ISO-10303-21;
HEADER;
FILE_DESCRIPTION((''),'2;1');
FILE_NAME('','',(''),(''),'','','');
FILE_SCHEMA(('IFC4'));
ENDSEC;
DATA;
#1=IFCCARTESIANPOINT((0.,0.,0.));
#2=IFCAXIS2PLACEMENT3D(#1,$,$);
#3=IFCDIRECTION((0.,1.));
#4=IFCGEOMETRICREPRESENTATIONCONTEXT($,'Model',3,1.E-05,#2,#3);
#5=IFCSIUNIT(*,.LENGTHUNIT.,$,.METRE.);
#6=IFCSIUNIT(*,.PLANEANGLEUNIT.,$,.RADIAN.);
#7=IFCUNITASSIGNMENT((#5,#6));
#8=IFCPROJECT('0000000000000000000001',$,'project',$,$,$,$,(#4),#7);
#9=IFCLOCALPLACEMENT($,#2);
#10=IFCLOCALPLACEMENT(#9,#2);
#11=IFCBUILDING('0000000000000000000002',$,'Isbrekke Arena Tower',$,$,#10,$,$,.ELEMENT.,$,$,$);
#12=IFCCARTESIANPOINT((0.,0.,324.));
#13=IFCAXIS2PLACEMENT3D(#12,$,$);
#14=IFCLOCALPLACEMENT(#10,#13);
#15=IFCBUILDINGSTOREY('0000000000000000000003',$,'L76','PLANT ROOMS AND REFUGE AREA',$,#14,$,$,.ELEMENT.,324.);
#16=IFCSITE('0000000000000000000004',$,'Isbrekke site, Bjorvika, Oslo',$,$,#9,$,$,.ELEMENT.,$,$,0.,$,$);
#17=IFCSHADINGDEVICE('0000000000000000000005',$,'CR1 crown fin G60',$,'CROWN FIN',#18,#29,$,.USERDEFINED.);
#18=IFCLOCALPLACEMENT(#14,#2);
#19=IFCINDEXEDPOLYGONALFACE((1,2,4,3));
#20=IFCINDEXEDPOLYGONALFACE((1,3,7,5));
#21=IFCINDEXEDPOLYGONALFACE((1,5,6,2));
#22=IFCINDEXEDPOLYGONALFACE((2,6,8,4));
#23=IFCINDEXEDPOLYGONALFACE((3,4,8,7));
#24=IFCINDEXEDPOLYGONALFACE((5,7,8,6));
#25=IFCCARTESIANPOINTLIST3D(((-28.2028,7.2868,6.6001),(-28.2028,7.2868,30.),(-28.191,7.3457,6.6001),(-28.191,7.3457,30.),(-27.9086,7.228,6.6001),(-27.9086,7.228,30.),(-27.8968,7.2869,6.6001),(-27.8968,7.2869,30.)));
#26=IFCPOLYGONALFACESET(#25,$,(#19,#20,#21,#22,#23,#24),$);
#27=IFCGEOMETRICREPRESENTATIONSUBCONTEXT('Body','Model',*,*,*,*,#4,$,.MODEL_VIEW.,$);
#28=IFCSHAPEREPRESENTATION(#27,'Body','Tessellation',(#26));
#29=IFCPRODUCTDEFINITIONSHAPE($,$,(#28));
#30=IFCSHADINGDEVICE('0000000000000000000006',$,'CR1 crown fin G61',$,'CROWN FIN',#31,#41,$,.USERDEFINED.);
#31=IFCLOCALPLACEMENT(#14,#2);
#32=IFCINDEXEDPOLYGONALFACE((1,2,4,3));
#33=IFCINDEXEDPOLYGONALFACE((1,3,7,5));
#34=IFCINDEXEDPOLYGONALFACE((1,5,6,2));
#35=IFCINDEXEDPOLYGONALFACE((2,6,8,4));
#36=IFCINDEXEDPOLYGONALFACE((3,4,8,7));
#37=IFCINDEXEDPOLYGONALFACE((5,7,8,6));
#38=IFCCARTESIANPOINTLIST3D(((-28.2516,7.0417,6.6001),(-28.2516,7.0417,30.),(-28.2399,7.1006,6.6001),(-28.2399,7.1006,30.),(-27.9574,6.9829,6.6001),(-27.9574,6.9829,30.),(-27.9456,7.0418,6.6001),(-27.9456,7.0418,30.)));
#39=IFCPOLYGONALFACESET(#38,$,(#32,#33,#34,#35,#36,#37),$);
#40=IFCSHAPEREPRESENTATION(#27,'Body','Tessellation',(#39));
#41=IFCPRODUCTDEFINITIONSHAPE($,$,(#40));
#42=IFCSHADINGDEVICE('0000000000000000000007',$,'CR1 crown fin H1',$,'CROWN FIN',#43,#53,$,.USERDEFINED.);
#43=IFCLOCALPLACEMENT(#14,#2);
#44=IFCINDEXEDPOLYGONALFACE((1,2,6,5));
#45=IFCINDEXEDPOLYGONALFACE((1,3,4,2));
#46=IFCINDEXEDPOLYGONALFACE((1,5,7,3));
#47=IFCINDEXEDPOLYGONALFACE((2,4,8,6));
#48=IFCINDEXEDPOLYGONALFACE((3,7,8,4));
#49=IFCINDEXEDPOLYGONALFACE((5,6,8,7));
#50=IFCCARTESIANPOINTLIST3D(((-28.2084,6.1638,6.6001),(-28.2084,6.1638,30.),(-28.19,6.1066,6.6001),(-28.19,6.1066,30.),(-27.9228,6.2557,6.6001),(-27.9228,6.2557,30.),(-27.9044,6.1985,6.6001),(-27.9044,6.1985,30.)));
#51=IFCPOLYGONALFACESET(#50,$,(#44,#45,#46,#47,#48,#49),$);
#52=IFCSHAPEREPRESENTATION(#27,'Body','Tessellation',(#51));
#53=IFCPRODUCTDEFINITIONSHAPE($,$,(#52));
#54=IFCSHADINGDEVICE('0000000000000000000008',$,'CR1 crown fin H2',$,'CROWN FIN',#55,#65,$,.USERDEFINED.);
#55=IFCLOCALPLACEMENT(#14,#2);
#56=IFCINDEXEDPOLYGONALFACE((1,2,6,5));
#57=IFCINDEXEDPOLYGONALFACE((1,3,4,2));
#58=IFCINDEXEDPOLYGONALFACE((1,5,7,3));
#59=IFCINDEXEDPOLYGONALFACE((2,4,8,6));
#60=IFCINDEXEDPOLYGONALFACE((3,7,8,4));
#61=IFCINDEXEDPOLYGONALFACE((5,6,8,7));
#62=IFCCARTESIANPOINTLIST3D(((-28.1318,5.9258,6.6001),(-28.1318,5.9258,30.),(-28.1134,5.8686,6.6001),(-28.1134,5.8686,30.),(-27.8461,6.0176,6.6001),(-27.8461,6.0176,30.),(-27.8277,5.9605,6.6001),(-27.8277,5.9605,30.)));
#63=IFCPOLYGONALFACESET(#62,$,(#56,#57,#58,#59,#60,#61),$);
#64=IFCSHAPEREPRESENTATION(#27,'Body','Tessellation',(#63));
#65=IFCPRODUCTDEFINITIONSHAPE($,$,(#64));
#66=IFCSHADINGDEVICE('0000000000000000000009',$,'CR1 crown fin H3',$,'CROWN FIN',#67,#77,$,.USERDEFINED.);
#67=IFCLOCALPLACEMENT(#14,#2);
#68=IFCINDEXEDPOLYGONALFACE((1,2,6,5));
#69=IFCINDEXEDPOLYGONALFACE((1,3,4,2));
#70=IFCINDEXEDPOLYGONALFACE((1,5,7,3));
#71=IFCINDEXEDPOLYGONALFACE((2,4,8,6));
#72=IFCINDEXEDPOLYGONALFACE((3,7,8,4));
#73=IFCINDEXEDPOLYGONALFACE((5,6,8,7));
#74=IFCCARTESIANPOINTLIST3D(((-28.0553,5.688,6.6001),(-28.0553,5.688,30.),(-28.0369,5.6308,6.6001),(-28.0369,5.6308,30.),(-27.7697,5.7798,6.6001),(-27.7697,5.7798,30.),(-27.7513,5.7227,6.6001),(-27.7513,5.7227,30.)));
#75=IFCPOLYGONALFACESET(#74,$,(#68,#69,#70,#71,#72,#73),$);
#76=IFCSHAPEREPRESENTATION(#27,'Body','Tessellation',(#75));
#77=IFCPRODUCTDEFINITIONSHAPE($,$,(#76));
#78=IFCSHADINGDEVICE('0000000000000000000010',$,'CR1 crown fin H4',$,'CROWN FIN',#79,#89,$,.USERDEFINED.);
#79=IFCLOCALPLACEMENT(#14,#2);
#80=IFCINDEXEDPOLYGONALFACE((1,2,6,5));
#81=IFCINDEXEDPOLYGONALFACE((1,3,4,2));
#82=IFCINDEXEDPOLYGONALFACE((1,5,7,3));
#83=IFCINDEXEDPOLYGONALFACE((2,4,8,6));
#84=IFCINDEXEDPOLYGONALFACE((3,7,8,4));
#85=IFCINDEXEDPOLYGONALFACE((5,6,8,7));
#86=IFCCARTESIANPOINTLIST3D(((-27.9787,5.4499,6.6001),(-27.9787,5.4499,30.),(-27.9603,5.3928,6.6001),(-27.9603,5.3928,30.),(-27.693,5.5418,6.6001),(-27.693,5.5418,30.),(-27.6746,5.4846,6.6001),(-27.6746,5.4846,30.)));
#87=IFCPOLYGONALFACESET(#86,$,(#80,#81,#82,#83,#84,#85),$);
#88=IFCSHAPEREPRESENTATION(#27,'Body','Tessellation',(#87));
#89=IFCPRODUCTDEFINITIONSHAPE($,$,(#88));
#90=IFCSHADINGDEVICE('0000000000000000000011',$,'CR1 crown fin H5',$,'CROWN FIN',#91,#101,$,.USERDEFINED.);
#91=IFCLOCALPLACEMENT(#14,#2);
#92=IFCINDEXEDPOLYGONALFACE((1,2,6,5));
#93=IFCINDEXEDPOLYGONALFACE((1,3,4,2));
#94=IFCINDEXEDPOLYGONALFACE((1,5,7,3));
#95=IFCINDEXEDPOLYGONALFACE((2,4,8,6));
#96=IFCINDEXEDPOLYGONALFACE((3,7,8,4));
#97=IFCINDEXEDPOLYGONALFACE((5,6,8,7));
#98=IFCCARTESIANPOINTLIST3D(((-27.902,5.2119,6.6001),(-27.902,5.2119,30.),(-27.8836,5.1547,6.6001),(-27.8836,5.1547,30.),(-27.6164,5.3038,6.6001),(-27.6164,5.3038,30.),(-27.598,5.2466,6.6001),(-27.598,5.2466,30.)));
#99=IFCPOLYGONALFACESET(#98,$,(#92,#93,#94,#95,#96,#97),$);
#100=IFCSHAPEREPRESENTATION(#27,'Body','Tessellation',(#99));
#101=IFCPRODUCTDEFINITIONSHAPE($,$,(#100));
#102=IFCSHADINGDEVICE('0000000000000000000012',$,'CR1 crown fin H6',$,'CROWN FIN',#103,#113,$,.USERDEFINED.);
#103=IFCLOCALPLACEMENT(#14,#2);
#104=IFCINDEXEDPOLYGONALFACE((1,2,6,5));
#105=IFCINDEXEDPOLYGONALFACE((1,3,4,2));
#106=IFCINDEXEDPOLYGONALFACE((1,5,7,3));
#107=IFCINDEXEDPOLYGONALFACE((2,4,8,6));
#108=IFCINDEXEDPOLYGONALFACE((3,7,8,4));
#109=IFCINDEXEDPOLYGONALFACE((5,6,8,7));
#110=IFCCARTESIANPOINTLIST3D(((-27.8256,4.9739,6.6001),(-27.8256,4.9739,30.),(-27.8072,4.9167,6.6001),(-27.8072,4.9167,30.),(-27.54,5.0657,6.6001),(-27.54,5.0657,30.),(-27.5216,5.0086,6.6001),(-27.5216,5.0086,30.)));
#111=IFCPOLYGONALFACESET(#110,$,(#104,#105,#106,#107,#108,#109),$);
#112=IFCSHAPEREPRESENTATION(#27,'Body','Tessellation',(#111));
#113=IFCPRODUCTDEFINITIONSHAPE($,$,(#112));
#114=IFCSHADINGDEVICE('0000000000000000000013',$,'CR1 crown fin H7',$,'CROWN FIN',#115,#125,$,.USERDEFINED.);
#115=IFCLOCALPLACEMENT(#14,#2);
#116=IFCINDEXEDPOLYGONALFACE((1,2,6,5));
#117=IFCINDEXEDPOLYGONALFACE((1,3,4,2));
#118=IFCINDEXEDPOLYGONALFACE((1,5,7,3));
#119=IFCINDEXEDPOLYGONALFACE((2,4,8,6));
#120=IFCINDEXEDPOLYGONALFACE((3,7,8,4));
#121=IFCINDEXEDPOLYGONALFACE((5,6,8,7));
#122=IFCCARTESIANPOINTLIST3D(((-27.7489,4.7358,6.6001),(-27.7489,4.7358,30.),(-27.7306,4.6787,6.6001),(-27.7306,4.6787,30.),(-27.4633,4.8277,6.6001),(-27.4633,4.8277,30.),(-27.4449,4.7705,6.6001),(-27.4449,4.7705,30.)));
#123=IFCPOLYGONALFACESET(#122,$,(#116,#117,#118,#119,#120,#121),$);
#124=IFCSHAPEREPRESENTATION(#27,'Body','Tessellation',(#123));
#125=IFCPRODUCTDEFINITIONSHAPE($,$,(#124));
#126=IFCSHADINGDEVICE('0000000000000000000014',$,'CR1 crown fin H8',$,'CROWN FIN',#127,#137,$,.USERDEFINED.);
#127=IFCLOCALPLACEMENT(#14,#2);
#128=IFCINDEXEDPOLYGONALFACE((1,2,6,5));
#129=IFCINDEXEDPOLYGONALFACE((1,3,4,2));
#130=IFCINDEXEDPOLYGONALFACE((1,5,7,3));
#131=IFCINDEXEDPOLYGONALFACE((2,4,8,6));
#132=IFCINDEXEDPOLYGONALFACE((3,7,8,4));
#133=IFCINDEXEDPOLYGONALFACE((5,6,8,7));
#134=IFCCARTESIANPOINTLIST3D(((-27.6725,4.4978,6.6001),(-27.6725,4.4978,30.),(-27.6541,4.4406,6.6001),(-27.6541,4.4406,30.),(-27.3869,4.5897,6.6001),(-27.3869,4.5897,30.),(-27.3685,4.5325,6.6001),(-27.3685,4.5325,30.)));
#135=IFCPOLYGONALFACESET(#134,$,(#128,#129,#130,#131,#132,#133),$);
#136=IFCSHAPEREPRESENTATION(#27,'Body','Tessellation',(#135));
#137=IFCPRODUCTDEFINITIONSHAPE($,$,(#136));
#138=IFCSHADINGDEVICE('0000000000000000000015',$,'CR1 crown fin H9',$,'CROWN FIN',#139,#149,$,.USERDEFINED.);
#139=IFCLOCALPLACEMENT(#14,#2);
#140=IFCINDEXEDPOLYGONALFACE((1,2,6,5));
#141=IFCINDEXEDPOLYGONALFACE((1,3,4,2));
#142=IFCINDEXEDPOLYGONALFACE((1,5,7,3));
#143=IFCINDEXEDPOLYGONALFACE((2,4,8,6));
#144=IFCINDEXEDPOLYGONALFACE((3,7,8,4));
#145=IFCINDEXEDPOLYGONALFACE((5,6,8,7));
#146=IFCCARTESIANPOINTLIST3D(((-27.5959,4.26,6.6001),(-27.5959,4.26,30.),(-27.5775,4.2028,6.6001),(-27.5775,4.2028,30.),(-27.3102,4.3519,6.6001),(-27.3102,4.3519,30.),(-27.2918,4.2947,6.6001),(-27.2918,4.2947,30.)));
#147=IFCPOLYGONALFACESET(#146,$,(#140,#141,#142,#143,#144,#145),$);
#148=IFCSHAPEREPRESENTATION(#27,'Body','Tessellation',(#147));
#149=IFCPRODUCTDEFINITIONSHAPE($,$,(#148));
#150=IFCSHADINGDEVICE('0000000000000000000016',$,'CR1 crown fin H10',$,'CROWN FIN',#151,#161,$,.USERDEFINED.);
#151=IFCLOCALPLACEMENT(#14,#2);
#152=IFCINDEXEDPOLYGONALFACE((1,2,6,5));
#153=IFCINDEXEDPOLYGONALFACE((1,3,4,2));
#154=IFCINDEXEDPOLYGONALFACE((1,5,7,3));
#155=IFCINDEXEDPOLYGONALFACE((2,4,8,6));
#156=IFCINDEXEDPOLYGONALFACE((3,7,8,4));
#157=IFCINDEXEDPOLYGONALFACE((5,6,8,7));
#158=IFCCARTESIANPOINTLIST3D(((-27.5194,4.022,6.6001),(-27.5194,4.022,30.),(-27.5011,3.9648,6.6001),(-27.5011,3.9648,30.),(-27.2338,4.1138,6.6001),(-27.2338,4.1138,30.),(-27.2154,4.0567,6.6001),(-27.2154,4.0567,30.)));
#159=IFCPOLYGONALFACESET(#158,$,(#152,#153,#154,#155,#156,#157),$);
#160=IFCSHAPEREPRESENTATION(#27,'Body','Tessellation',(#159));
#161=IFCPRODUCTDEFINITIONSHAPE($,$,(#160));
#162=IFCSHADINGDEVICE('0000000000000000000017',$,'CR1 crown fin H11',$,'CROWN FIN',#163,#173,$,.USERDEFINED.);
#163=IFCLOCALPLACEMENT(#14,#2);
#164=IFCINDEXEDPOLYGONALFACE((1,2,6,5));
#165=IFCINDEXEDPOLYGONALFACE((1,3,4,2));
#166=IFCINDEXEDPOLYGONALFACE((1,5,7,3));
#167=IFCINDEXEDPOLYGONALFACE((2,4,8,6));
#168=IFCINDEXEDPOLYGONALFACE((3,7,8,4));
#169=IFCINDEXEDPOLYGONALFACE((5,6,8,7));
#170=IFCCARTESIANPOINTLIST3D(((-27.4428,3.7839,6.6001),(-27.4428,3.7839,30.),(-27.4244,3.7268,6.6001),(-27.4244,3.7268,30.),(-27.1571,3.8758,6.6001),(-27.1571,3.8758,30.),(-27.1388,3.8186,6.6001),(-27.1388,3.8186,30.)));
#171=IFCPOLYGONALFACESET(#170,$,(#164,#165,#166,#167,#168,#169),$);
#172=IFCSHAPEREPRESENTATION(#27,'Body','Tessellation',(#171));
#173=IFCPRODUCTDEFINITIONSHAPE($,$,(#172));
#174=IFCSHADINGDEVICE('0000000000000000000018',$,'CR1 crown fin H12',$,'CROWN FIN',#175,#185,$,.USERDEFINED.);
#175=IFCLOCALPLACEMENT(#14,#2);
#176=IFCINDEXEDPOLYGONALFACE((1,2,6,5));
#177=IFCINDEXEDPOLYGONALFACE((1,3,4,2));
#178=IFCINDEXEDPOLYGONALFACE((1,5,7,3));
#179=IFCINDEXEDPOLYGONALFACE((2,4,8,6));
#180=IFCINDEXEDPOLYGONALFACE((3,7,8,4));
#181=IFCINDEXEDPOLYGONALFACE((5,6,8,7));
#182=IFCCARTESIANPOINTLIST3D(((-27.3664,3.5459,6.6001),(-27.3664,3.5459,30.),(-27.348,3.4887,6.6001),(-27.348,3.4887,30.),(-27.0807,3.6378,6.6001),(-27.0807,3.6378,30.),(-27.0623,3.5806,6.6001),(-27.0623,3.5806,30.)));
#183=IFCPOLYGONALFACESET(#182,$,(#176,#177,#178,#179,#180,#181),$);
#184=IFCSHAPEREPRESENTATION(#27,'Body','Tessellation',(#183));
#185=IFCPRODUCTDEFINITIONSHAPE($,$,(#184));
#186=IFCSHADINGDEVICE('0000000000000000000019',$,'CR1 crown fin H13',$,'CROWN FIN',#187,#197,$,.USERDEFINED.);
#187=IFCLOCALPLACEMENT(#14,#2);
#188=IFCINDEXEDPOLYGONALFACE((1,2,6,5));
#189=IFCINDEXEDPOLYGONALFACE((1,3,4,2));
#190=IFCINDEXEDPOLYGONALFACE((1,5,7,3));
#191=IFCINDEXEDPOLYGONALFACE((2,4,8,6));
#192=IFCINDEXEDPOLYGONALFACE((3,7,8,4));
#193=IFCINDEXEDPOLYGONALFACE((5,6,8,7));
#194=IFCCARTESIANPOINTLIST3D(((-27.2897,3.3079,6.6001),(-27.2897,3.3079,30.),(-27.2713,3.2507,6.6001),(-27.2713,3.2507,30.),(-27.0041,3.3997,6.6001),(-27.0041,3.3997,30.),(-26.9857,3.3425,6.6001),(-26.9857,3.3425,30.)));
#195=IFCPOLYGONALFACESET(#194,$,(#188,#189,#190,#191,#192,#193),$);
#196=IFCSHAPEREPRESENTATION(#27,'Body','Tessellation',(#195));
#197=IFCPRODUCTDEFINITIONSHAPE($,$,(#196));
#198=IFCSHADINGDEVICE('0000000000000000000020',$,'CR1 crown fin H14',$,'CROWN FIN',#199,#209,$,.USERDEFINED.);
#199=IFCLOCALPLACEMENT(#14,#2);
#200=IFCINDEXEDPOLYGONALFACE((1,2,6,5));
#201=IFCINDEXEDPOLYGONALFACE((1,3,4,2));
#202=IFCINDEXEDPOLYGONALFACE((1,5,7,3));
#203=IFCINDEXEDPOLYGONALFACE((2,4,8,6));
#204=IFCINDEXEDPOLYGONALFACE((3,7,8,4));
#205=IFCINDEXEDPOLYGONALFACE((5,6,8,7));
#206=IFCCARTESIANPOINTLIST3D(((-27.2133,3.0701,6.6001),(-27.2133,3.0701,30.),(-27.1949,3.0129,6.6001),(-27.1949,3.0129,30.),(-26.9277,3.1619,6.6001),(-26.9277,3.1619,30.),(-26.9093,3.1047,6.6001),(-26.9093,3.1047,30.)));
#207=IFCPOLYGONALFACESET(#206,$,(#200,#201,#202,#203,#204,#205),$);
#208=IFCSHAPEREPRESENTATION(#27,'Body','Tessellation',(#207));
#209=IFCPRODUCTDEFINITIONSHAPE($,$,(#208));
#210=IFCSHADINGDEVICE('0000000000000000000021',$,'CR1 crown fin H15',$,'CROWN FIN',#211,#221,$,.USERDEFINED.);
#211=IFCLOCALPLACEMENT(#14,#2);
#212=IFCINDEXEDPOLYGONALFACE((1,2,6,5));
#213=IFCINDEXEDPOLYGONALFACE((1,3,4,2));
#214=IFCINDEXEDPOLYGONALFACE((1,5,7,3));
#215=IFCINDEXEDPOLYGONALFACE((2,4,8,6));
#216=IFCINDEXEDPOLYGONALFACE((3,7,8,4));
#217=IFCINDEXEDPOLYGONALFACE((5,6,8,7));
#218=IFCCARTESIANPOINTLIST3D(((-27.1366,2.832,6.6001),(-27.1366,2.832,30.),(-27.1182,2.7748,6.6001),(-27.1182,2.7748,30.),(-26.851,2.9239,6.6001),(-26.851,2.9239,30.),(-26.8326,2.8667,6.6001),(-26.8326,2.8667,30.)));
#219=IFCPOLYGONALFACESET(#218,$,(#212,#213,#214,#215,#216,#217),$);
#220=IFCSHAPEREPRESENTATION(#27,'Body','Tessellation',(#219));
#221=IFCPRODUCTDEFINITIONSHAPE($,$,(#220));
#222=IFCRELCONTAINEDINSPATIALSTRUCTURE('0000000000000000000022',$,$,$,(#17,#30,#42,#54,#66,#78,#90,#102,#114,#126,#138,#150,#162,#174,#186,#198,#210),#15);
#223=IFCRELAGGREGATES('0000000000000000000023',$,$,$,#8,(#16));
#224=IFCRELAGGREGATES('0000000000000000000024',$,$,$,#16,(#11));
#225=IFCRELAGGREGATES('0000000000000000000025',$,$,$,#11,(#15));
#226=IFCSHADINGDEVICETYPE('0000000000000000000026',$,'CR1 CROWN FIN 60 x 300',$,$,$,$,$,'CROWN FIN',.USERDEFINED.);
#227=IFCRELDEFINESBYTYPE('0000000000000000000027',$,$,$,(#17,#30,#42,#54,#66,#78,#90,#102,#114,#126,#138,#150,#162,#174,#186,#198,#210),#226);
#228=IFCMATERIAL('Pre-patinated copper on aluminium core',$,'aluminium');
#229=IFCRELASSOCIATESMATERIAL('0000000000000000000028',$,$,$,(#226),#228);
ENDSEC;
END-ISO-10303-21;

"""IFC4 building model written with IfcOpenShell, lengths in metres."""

from ifc_helpers import new_model, si_unit, direction, frame, origin, origin_2d, place, context, subcontext, project, spatial, rectangle, extrude, material, material_profile, profile_set, type_object, element, save


model = new_model("IFC4")

# Units and contexts
model_context = context("Model", 3, precision=1e-05, world=origin(), true_north=direction((0.0, 1.0)))
body_context = subcontext(model_context, "Body", "Model", "MODEL_VIEW")
ifc_project = project(units=[si_unit("LENGTHUNIT", "METRE"), si_unit("PLANEANGLEUNIT", "RADIAN")], contexts=[model_context])

# Site, building, storey
site_placement = place(None, origin())
site = spatial("IfcSite", under=ifc_project, at=site_placement, Name="Isbrekke site, Bjorvika, Oslo", CompositionType="ELEMENT", RefElevation=0.0)
building_placement = place(site_placement, origin())
building = spatial("IfcBuilding", under=site, at=building_placement, Name="Isbrekke Arena Tower", CompositionType="ELEMENT")
storey_placement = place(building_placement, frame((0.0, 0.0, 324.0)))
storey = spatial("IfcBuildingStorey", under=building, at=storey_placement, Name="L76", Description="PLANT ROOMS AND REFUGE AREA", CompositionType="ELEMENT", Elevation=324.0)

# Shading devices
ifc_material = material(Name="Pre-patinated copper on aluminium core", Category="aluminium")
ifc_material_profile = material_profile(ifc_material, rectangle(XDim=0.0601, YDim=0.3, at=origin_2d()), Name="FIN 60X300")
ifc_profile_set = profile_set([ifc_material_profile], Name="Pre-patinated copper on aluminium core")
shading_device_type = type_object("IfcShadingDeviceType", Name="CR1 CROWN FIN 60 x 300", ElementType="CROWN FIN", PredefinedType="USERDEFINED", material=ifc_profile_set)
for number, where, z_axis, x_axis, name in (
    (1, (-28.0498, 7.2869, 6.6001), (0.0, 0.0, 1.0), (-0.196116, -0.980581, 0.0), "CR1 crown fin G60"),
    (2, (-28.0986, 7.0417, 6.6001), (0.0, 0.0, 1.0), (-0.196116, -0.980581, 0.0), "CR1 crown fin G61"),
    (3, (-28.0564, 6.1812, 6.6001), (0.0, 0.0, 1.0), (0.30616, -0.95198, 0.0), "CR1 crown fin H1"),
    (4, (-27.9797, 5.9431, 6.6001), (0.0, 0.0, 1.0), (0.30616, -0.95198, 0.0), "CR1 crown fin H2"),
    (5, (-27.9033, 5.7053, 6.6001), (0.0, 0.0, 1.0), (0.30616, -0.95198, 0.0), "CR1 crown fin H3"),
    (6, (-27.8267, 5.4673, 6.6001), (0.0, 0.0, 1.0), (0.30616, -0.95198, 0.0), "CR1 crown fin H4"),
    (7, (-27.75, 5.2292, 6.6001), (0.0, 0.0, 1.0), (0.30616, -0.95198, 0.0), "CR1 crown fin H5"),
    (8, (-27.6736, 4.9912, 6.6001), (0.0, 0.0, 1.0), (0.30616, -0.95198, 0.0), "CR1 crown fin H6"),
    (9, (-27.5969, 4.7532, 6.6001), (0.0, 0.0, 1.0), (0.30616, -0.95198, 0.0), "CR1 crown fin H7"),
    (10, (-27.5205, 4.5151, 6.6001), (0.0, 0.0, 1.0), (0.30616, -0.95198, 0.0), "CR1 crown fin H8"),
    (11, (-27.4438, 4.2773, 6.6001), (0.0, 0.0, 1.0), (0.30616, -0.95198, 0.0), "CR1 crown fin H9"),
    (12, (-27.3674, 4.0393, 6.6001), (0.0, 0.0, 1.0), (0.30616, -0.95198, 0.0), "CR1 crown fin H10"),
    (13, (-27.2908, 3.8013, 6.6001), (0.0, 0.0, 1.0), (0.30616, -0.95198, 0.0), "CR1 crown fin H11"),
    (14, (-27.2144, 3.5632, 6.6001), (0.0, 0.0, 1.0), (0.30616, -0.95198, 0.0), "CR1 crown fin H12"),
    (15, (-27.1377, 3.3252, 6.6001), (0.0, 0.0, 1.0), (0.30616, -0.95198, 0.0), "CR1 crown fin H13"),
    (16, (-27.0613, 3.0874, 6.6001), (0.0, 0.0, 1.0), (0.30616, -0.95198, 0.0), "CR1 crown fin H14"),
    (17, (-26.9846, 2.8494, 6.6001), (0.0, 0.0, 1.0), (0.30616, -0.95198, 0.0), "CR1 crown fin H15"),
):
    element("IfcShadingDevice", number, at=place(storey_placement, frame(where, z_axis=z_axis, x_axis=x_axis)), inside=storey, type_object=shading_device_type, Name=name, ObjectType="CROWN FIN", PredefinedType="USERDEFINED", context=body_context, shape_type="SweptSolid", body=[
        extrude(rectangle(XDim=0.0601, YDim=0.3, at=origin_2d()), origin(), (0.0, 0.0, 1.0), 23.3999),
    ])

save(model, "model.ifc")
